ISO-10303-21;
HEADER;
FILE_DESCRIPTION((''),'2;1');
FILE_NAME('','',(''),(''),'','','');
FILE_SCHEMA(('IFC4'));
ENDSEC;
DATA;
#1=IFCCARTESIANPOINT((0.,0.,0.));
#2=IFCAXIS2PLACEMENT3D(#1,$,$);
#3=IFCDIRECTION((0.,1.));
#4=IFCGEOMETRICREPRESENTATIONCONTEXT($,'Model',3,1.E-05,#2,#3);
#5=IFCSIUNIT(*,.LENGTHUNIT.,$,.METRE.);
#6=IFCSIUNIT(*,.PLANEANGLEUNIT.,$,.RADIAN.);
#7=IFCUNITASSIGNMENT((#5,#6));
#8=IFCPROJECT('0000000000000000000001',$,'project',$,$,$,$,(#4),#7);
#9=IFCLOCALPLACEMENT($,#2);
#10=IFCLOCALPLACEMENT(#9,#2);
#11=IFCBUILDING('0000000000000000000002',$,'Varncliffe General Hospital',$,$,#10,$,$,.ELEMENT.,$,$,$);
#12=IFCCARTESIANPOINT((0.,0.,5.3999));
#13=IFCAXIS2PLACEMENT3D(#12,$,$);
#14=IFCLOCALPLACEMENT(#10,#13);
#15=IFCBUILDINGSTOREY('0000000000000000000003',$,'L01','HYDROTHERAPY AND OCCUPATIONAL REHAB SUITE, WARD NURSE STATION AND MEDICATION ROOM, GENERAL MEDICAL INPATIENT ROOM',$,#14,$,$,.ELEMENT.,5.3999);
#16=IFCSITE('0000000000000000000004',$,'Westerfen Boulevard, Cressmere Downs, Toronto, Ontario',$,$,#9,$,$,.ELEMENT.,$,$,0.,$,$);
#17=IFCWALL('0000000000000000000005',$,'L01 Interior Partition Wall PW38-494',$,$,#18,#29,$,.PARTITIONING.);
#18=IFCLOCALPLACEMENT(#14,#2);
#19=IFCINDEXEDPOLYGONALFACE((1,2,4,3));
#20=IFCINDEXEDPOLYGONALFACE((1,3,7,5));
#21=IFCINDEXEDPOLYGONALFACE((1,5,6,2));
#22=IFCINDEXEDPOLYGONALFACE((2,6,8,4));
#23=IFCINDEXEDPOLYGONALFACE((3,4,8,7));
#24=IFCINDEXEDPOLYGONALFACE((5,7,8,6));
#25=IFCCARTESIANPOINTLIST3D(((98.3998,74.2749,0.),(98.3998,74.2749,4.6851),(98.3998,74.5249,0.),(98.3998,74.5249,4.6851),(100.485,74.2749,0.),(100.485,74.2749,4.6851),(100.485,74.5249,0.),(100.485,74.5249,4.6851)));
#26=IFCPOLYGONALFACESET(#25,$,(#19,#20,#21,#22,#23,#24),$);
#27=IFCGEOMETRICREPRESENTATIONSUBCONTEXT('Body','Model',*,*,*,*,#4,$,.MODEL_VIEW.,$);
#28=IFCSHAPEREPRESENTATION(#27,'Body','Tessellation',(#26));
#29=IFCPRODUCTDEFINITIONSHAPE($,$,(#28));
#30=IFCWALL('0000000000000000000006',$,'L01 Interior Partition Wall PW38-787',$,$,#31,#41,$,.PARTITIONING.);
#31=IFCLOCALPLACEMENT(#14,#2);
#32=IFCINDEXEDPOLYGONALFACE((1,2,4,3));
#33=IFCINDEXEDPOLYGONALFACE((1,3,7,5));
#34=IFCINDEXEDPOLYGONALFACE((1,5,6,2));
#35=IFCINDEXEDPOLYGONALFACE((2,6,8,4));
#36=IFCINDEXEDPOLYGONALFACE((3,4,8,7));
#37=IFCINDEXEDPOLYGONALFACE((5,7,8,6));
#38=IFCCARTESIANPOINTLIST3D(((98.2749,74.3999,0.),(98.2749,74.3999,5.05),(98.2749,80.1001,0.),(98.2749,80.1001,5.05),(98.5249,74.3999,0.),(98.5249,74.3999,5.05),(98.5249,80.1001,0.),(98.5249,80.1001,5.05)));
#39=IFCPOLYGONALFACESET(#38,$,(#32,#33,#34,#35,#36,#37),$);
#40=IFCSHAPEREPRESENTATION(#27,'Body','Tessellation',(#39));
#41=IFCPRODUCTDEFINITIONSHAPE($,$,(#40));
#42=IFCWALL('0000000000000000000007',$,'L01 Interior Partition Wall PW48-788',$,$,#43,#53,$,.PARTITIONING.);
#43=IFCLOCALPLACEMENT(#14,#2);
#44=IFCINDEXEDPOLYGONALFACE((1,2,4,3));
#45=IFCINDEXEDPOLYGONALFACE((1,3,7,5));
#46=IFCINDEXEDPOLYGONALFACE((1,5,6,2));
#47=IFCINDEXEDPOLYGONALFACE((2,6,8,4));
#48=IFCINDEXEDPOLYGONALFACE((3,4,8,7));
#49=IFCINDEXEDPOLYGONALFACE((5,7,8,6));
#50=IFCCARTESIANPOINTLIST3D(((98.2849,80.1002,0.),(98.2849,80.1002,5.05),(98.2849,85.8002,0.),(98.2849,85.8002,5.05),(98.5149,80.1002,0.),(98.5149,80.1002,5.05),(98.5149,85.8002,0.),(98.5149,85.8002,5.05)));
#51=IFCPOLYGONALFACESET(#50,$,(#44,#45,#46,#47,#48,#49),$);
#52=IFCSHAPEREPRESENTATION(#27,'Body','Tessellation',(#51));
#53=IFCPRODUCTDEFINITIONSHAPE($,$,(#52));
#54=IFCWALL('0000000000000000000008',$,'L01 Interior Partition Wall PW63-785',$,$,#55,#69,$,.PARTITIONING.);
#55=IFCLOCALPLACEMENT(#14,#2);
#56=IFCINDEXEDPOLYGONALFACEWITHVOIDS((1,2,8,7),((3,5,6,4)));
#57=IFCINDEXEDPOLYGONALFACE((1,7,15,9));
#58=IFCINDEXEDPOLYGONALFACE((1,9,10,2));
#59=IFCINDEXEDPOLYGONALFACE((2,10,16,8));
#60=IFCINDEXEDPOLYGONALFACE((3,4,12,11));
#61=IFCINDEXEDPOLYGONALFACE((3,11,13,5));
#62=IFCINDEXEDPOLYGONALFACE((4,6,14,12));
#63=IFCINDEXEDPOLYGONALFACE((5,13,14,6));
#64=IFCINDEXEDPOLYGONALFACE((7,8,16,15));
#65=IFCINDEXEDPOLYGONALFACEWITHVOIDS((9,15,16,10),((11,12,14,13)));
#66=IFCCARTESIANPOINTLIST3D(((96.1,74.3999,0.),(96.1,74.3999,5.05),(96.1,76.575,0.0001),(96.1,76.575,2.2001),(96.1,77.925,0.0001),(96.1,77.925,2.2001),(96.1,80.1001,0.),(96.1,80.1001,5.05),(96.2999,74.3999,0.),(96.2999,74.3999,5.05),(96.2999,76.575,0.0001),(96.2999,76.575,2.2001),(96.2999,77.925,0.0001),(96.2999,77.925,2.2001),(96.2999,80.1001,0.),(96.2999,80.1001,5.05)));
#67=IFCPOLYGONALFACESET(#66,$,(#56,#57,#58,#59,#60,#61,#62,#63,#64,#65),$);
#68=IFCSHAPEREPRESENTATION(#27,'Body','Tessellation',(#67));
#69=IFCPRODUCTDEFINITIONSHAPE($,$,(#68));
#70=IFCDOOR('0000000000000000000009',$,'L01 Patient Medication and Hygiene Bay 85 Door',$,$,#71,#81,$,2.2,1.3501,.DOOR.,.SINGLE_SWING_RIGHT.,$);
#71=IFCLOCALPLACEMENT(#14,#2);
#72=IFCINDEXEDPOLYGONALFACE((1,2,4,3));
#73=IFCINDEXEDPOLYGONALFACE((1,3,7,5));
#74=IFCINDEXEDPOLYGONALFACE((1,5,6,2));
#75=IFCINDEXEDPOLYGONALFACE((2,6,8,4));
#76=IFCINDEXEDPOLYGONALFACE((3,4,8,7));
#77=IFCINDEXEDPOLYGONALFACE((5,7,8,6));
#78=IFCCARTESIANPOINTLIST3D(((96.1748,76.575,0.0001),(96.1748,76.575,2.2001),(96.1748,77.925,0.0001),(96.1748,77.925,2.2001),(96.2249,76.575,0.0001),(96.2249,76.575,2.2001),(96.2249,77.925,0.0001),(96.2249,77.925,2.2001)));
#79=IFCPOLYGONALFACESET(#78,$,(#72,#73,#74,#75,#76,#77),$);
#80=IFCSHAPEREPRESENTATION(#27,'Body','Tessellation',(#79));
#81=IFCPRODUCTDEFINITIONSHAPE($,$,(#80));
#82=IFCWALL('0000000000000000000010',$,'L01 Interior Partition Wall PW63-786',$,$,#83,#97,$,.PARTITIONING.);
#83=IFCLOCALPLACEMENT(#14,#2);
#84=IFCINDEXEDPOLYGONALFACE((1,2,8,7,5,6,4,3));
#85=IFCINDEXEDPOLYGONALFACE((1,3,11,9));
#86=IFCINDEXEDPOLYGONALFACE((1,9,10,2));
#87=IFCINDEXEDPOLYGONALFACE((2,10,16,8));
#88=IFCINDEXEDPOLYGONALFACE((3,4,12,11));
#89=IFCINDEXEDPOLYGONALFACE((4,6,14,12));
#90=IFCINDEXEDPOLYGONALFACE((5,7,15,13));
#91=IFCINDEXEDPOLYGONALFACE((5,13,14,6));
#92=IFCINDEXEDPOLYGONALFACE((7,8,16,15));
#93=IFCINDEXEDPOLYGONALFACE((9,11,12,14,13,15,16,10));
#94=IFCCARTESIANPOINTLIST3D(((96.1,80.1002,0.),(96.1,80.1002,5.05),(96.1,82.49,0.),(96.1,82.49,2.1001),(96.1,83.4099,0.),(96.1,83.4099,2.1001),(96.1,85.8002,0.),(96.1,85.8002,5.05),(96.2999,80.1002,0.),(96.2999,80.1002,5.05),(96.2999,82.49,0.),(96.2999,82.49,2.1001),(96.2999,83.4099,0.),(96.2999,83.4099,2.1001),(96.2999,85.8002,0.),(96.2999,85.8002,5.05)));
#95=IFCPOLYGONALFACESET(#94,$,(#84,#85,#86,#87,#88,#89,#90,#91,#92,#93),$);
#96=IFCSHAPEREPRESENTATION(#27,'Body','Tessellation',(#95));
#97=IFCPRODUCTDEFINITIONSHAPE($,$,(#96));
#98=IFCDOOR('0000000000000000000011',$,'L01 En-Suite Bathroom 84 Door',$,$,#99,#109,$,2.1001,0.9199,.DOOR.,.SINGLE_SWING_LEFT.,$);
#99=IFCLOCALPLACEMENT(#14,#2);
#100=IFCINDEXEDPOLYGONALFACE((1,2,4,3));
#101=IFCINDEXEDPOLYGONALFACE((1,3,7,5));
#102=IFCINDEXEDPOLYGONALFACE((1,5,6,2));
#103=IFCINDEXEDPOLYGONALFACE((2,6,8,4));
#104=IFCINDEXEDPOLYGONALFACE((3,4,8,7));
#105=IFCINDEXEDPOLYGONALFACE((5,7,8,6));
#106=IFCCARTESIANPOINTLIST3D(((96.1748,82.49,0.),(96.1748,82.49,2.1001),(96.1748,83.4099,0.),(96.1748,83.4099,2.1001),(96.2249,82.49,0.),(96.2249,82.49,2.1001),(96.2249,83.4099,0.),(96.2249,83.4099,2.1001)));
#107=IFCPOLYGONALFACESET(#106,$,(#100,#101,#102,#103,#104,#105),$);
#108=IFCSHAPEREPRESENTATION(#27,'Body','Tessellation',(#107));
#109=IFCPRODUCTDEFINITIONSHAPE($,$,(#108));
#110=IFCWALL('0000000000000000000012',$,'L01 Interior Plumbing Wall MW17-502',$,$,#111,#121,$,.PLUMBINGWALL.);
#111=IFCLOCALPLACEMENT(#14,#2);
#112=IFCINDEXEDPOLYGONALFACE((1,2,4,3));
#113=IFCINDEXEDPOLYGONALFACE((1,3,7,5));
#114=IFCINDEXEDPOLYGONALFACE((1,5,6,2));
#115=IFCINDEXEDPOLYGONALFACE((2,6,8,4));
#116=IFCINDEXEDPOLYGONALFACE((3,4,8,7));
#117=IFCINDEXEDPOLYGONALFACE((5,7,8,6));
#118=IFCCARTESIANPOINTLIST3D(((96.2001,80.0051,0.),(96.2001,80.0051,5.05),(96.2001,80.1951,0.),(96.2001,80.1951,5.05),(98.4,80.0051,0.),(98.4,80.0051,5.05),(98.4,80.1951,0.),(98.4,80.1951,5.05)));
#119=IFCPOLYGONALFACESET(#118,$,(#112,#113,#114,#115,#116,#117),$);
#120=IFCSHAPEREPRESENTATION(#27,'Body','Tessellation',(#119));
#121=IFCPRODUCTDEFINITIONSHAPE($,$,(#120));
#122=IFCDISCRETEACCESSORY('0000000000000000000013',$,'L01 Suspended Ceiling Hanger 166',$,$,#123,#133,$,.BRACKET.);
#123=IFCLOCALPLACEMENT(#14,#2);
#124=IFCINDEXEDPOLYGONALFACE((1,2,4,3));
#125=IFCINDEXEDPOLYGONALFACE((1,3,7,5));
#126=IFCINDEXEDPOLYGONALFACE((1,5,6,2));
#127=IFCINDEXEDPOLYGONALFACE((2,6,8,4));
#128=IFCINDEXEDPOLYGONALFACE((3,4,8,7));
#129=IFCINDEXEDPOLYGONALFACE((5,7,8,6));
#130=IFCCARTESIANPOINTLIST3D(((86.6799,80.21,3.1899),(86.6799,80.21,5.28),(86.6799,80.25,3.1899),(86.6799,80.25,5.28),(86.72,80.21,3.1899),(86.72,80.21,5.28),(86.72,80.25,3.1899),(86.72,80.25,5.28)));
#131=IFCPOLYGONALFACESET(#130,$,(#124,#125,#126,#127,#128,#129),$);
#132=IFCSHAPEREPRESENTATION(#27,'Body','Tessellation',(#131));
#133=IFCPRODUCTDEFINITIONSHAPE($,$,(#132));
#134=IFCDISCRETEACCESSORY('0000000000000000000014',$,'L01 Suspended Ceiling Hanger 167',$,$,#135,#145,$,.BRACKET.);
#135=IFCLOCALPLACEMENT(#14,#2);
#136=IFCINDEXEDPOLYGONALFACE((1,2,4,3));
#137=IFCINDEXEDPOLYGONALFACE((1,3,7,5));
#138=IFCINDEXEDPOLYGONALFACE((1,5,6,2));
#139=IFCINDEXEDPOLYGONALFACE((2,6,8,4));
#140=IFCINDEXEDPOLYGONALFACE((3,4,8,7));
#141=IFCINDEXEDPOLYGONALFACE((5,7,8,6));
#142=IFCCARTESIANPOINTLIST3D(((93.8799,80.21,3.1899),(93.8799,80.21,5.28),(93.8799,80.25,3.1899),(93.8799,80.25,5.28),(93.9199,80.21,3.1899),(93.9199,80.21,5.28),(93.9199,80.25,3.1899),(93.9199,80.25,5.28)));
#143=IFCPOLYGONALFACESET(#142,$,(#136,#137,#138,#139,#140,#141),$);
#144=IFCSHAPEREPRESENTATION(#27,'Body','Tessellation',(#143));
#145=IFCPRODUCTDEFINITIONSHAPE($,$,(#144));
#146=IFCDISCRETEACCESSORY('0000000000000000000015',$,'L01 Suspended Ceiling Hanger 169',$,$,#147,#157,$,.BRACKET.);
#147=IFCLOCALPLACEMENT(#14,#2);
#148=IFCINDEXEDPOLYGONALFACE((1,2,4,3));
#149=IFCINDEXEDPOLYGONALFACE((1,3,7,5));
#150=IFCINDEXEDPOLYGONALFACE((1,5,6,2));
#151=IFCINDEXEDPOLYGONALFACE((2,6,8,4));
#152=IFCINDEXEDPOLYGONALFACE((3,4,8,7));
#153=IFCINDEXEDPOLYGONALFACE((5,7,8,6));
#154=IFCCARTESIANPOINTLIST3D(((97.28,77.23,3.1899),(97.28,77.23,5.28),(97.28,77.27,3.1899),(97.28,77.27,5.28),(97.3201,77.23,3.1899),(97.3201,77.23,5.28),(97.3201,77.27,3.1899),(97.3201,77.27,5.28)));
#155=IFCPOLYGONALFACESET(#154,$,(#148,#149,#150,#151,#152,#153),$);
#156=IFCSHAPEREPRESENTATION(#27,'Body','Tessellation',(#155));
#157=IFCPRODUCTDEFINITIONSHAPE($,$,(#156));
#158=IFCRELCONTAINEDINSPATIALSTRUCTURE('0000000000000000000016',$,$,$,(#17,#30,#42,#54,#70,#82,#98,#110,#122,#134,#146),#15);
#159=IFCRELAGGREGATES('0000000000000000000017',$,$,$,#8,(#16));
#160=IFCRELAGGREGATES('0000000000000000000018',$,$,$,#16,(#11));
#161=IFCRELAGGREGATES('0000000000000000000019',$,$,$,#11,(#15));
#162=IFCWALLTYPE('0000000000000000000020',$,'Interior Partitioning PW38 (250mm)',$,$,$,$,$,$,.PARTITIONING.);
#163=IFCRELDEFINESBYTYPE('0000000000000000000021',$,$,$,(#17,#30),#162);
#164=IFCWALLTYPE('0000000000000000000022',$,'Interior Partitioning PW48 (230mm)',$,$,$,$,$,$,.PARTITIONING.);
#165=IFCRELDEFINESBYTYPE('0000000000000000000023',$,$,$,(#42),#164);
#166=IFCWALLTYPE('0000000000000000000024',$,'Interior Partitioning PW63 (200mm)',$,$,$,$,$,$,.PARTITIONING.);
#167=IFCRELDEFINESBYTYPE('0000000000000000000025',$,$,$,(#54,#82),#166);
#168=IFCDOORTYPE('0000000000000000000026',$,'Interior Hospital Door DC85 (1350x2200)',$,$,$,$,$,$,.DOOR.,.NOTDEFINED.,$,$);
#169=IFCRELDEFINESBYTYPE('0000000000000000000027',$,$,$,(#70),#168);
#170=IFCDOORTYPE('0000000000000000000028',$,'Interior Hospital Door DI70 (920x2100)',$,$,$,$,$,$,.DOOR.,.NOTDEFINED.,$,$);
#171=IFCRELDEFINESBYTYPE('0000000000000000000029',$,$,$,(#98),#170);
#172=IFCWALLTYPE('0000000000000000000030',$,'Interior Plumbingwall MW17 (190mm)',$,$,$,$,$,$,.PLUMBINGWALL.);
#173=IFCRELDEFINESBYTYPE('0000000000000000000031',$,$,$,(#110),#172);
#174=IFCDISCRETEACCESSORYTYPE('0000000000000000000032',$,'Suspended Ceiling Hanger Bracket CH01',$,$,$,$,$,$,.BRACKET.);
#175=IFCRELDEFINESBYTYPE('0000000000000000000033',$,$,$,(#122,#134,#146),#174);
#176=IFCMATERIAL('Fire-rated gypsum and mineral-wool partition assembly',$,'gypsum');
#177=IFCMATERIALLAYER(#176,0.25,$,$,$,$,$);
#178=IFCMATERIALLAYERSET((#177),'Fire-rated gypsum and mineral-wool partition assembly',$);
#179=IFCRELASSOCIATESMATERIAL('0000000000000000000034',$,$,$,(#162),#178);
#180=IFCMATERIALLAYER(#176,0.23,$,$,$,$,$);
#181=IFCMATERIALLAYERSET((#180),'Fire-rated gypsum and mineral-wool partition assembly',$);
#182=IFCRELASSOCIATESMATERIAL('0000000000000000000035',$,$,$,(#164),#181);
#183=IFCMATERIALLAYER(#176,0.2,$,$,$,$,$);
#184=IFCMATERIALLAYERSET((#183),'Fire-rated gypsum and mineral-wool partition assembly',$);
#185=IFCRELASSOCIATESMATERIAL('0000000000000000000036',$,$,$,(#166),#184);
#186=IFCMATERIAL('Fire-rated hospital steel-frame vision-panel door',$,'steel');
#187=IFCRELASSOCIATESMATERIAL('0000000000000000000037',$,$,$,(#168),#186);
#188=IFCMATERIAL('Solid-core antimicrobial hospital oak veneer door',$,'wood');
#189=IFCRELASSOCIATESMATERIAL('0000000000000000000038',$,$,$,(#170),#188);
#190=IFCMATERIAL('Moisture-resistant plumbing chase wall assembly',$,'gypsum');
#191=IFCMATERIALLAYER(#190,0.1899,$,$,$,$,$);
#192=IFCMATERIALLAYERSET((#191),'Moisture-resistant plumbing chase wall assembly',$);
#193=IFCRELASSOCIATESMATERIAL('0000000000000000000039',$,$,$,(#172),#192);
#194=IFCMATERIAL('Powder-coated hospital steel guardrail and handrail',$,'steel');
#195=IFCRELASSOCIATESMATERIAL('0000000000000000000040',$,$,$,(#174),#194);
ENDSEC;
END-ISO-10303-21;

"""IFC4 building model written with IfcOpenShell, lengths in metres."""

from ifc_helpers import new_model, si_unit, direction, frame, frame_2d, origin, origin_2d, place, context, subcontext, project, spatial, rectangle, extrude, material, layer, layer_set, type_object, element, fill, save


model = new_model("IFC4")

# Units and contexts
model_context = context("Model", 3, precision=1e-05, world=origin(), true_north=direction((0.0, 1.0)))
body_context = subcontext(model_context, "Body", "Model", "MODEL_VIEW")
ifc_project = project(units=[si_unit("LENGTHUNIT", "METRE"), si_unit("PLANEANGLEUNIT", "RADIAN")], contexts=[model_context])

# Site, building, storey
site_placement = place(None, origin())
site = spatial("IfcSite", under=ifc_project, at=site_placement, Name="Westerfen Boulevard, Cressmere Downs, Toronto, Ontario", CompositionType="ELEMENT", RefElevation=0.0)
building_placement = place(site_placement, origin())
building = spatial("IfcBuilding", under=site, at=building_placement, Name="Varncliffe General Hospital", CompositionType="ELEMENT")
storey_placement = place(building_placement, frame((0.0, 0.0, 5.3999)))
storey = spatial("IfcBuildingStorey", under=building, at=storey_placement, Name="L01", Description="HYDROTHERAPY AND OCCUPATIONAL REHAB SUITE, WARD NURSE STATION AND MEDICATION ROOM, GENERAL MEDICAL INPATIENT ROOM", CompositionType="ELEMENT", Elevation=5.3999)

# Walls
ifc_material_1 = material(Name="Fire-rated gypsum and mineral-wool partition assembly", Category="gypsum")
ifc_layer_1 = layer(ifc_material_1, 0.25)
ifc_layer_set_1 = layer_set([ifc_layer_1], Name="Fire-rated gypsum and mineral-wool partition assembly")
wall_type_1 = type_object("IfcWallType", Name="Interior Partitioning PW38 (250mm)", PredefinedType="PARTITIONING", material=ifc_layer_set_1)
wall_1_placement = place(storey_placement, frame((98.3999, 74.3999, 0.0), z_axis=(0.0, 0.0, 1.0), x_axis=(1.0, 0.0, 0.0)))
element("IfcWall", 1, at=wall_1_placement, inside=storey, type_object=wall_type_1, Name="L01 Interior Partition Wall PW38-494", PredefinedType="PARTITIONING", context=body_context, shape_type="SweptSolid", body=[
    extrude(rectangle(XDim=2.0852, YDim=0.25, at=frame_2d((1.0425, 0.0))), origin(), (0.0, 0.0, 1.0), 4.6851),
])
wall_2_placement = place(storey_placement, frame((98.3999, 74.3999, 0.0), z_axis=(0.0, 0.0, 1.0), x_axis=(0.0, 1.0, 0.0)))
element("IfcWall", 2, at=wall_2_placement, inside=storey, type_object=wall_type_1, Name="L01 Interior Partition Wall PW38-787", PredefinedType="PARTITIONING", context=body_context, shape_type="SweptSolid", body=[
    extrude(rectangle(XDim=5.7002, YDim=0.25, at=frame_2d((2.8501, 0.0))), origin(), (0.0, 0.0, 1.0), 5.05),
])
ifc_layer_2 = layer(ifc_material_1, 0.23)
ifc_layer_set_2 = layer_set([ifc_layer_2], Name="Fire-rated gypsum and mineral-wool partition assembly")
wall_type_2 = type_object("IfcWallType", Name="Interior Partitioning PW48 (230mm)", PredefinedType="PARTITIONING", material=ifc_layer_set_2)
wall_3_placement = place(storey_placement, frame((98.3999, 80.1001, 0.0), z_axis=(0.0, 0.0, 1.0), x_axis=(0.0, 1.0, 0.0)))
element("IfcWall", 3, at=wall_3_placement, inside=storey, type_object=wall_type_2, Name="L01 Interior Partition Wall PW48-788", PredefinedType="PARTITIONING", context=body_context, shape_type="SweptSolid", body=[
    extrude(rectangle(XDim=5.7, YDim=0.23, at=frame_2d((2.8501, 0.0))), origin(), (0.0, 0.0, 1.0), 5.05),
])

# Walls, openings, doors
ifc_layer_3 = layer(ifc_material_1, 0.2)
ifc_layer_set_3 = layer_set([ifc_layer_3], Name="Fire-rated gypsum and mineral-wool partition assembly")
wall_type_3 = type_object("IfcWallType", Name="Interior Partitioning PW63 (200mm)", PredefinedType="PARTITIONING", material=ifc_layer_set_3)
wall_4_placement = place(storey_placement, frame((96.2, 74.3999, 0.0), z_axis=(0.0, 0.0, 1.0), x_axis=(0.0, 1.0, 0.0)))
wall_4 = element("IfcWall", 4, at=wall_4_placement, inside=storey, type_object=wall_type_3, Name="L01 Interior Partition Wall PW63-785", PredefinedType="PARTITIONING", context=body_context, shape_type="SweptSolid", body=[
    extrude(rectangle(XDim=5.7002, YDim=0.2, at=frame_2d((2.8501, 0.0))), origin(), (0.0, 0.0, 1.0), 5.05),
])
opening_1_placement = place(wall_4_placement, frame((2.175, 0.0, 0.0)))
opening_1 = element("IfcOpeningElement", 5, at=opening_1_placement, cuts=wall_4, PredefinedType="OPENING", context=body_context, shape_type="SweptSolid", body=[
    extrude(rectangle(XDim=1.3501, YDim=2.2, at=frame_2d((0.675, 1.1001))), frame((0.0, 0.1099, 0.0), z_axis=(0.0, -1.0, 0.0), x_axis=(1.0, 0.0, 0.0)), (0.0, 0.0, 1.0), 0.22),
])
ifc_material_2 = material(Name="Fire-rated hospital steel-frame vision-panel door", Category="steel")
door_type_1 = type_object("IfcDoorType", Name="Interior Hospital Door DC85 (1350x2200)", OperationType="NOTDEFINED", PredefinedType="DOOR", material=ifc_material_2)
door_1_placement = place(opening_1_placement, frame((1.3501, 0.0, 0.0), z_axis=(0.0, 0.0, 1.0), x_axis=(-1.0, 0.0, 0.0)))
door_1 = element("IfcDoor", 6, at=door_1_placement, inside=storey, type_object=door_type_1, Name="L01 Patient Medication and Hygiene Bay 85 Door", OperationType="SINGLE_SWING_RIGHT", OverallHeight=2.2, OverallWidth=1.3501, PredefinedType="DOOR", context=body_context, shape_type="SweptSolid", body=[
    extrude(rectangle(XDim=1.3501, YDim=2.2, at=frame_2d((0.675, 1.1001))), frame((0.0, 0.0249, 0.0), z_axis=(0.0, -1.0, 0.0), x_axis=(1.0, 0.0, 0.0)), (0.0, 0.0, 1.0), 0.05),
])
fill(opening_1, door_1)
wall_5_placement = place(storey_placement, frame((96.2, 80.1001, 0.0), z_axis=(0.0, 0.0, 1.0), x_axis=(0.0, 1.0, 0.0)))
wall_5 = element("IfcWall", 7, at=wall_5_placement, inside=storey, type_object=wall_type_3, Name="L01 Interior Partition Wall PW63-786", PredefinedType="PARTITIONING", context=body_context, shape_type="SweptSolid", body=[
    extrude(rectangle(XDim=5.7, YDim=0.2, at=frame_2d((2.8501, 0.0))), origin(), (0.0, 0.0, 1.0), 5.05),
])
opening_2_placement = place(wall_5_placement, frame((2.3899, 0.0, 0.0)))
opening_2 = element("IfcOpeningElement", 8, at=opening_2_placement, cuts=wall_5, PredefinedType="OPENING", context=body_context, shape_type="SweptSolid", body=[
    extrude(rectangle(XDim=0.9199, YDim=2.1001, at=frame_2d((0.46, 1.05))), frame((0.0, 0.1099, 0.0), z_axis=(0.0, -1.0, 0.0), x_axis=(1.0, 0.0, 0.0)), (0.0, 0.0, 1.0), 0.22),
])
ifc_material_3 = material(Name="Solid-core antimicrobial hospital oak veneer door", Category="wood")
door_type_2 = type_object("IfcDoorType", Name="Interior Hospital Door DI70 (920x2100)", OperationType="NOTDEFINED", PredefinedType="DOOR", material=ifc_material_3)
door_2_placement = place(opening_2_placement, frame((0.9199, 0.0, 0.0), z_axis=(0.0, 0.0, 1.0), x_axis=(-1.0, 0.0, 0.0)))
door_2 = element("IfcDoor", 9, at=door_2_placement, inside=storey, type_object=door_type_2, Name="L01 En-Suite Bathroom 84 Door", OperationType="SINGLE_SWING_LEFT", OverallHeight=2.1001, OverallWidth=0.9199, PredefinedType="DOOR", context=body_context, shape_type="SweptSolid", body=[
    extrude(rectangle(XDim=0.9199, YDim=2.1001, at=frame_2d((0.46, 1.05))), frame((0.0, 0.0249, 0.0), z_axis=(0.0, -1.0, 0.0), x_axis=(1.0, 0.0, 0.0)), (0.0, 0.0, 1.0), 0.05),
])
fill(opening_2, door_2)

# Wall
ifc_material_4 = material(Name="Moisture-resistant plumbing chase wall assembly", Category="gypsum")
ifc_layer_4 = layer(ifc_material_4, 0.1899)
ifc_layer_set_4 = layer_set([ifc_layer_4], Name="Moisture-resistant plumbing chase wall assembly")
wall_type_4 = type_object("IfcWallType", Name="Interior Plumbingwall MW17 (190mm)", PredefinedType="PLUMBINGWALL", material=ifc_layer_set_4)
wall_6_placement = place(storey_placement, frame((96.2, 80.1001, 0.0), z_axis=(0.0, 0.0, 1.0), x_axis=(1.0, 0.0, 0.0)))
element("IfcWall", 10, at=wall_6_placement, inside=storey, type_object=wall_type_4, Name="L01 Interior Plumbing Wall MW17-502", PredefinedType="PLUMBINGWALL", context=body_context, shape_type="SweptSolid", body=[
    extrude(rectangle(XDim=2.2, YDim=0.1899, at=frame_2d((1.1001, 0.0))), origin(), (0.0, 0.0, 1.0), 5.05),
])

# Discrete accessories
ifc_material_5 = material(Name="Powder-coated hospital steel guardrail and handrail", Category="steel")
discrete_accessory_type = type_object("IfcDiscreteAccessoryType", Name="Suspended Ceiling Hanger Bracket CH01", PredefinedType="BRACKET", material=ifc_material_5)
for number, where, z_axis, x_axis, name in (
    (11, (86.7, 80.23, 3.1899), (0.0, 0.0, 1.0), (1.0, 0.0, 0.0), "L01 Suspended Ceiling Hanger 166"),
    (12, (93.8999, 80.23, 3.1899), (0.0, 0.0, 1.0), (1.0, 0.0, 0.0), "L01 Suspended Ceiling Hanger 167"),
    (13, (97.3, 77.25, 3.1899), (0.0, 0.0, 1.0), (1.0, 0.0, 0.0), "L01 Suspended Ceiling Hanger 169"),
):
    element("IfcDiscreteAccessory", number, at=place(storey_placement, frame(where, z_axis=z_axis, x_axis=x_axis)), inside=storey, type_object=discrete_accessory_type, Name=name, PredefinedType="BRACKET", context=body_context, shape_type="SweptSolid", body=[
        extrude(rectangle(XDim=0.04, YDim=0.04, at=origin_2d()), origin(), (0.0, 0.0, 1.0), 2.0901),
    ])

save(model, "model.ifc")
